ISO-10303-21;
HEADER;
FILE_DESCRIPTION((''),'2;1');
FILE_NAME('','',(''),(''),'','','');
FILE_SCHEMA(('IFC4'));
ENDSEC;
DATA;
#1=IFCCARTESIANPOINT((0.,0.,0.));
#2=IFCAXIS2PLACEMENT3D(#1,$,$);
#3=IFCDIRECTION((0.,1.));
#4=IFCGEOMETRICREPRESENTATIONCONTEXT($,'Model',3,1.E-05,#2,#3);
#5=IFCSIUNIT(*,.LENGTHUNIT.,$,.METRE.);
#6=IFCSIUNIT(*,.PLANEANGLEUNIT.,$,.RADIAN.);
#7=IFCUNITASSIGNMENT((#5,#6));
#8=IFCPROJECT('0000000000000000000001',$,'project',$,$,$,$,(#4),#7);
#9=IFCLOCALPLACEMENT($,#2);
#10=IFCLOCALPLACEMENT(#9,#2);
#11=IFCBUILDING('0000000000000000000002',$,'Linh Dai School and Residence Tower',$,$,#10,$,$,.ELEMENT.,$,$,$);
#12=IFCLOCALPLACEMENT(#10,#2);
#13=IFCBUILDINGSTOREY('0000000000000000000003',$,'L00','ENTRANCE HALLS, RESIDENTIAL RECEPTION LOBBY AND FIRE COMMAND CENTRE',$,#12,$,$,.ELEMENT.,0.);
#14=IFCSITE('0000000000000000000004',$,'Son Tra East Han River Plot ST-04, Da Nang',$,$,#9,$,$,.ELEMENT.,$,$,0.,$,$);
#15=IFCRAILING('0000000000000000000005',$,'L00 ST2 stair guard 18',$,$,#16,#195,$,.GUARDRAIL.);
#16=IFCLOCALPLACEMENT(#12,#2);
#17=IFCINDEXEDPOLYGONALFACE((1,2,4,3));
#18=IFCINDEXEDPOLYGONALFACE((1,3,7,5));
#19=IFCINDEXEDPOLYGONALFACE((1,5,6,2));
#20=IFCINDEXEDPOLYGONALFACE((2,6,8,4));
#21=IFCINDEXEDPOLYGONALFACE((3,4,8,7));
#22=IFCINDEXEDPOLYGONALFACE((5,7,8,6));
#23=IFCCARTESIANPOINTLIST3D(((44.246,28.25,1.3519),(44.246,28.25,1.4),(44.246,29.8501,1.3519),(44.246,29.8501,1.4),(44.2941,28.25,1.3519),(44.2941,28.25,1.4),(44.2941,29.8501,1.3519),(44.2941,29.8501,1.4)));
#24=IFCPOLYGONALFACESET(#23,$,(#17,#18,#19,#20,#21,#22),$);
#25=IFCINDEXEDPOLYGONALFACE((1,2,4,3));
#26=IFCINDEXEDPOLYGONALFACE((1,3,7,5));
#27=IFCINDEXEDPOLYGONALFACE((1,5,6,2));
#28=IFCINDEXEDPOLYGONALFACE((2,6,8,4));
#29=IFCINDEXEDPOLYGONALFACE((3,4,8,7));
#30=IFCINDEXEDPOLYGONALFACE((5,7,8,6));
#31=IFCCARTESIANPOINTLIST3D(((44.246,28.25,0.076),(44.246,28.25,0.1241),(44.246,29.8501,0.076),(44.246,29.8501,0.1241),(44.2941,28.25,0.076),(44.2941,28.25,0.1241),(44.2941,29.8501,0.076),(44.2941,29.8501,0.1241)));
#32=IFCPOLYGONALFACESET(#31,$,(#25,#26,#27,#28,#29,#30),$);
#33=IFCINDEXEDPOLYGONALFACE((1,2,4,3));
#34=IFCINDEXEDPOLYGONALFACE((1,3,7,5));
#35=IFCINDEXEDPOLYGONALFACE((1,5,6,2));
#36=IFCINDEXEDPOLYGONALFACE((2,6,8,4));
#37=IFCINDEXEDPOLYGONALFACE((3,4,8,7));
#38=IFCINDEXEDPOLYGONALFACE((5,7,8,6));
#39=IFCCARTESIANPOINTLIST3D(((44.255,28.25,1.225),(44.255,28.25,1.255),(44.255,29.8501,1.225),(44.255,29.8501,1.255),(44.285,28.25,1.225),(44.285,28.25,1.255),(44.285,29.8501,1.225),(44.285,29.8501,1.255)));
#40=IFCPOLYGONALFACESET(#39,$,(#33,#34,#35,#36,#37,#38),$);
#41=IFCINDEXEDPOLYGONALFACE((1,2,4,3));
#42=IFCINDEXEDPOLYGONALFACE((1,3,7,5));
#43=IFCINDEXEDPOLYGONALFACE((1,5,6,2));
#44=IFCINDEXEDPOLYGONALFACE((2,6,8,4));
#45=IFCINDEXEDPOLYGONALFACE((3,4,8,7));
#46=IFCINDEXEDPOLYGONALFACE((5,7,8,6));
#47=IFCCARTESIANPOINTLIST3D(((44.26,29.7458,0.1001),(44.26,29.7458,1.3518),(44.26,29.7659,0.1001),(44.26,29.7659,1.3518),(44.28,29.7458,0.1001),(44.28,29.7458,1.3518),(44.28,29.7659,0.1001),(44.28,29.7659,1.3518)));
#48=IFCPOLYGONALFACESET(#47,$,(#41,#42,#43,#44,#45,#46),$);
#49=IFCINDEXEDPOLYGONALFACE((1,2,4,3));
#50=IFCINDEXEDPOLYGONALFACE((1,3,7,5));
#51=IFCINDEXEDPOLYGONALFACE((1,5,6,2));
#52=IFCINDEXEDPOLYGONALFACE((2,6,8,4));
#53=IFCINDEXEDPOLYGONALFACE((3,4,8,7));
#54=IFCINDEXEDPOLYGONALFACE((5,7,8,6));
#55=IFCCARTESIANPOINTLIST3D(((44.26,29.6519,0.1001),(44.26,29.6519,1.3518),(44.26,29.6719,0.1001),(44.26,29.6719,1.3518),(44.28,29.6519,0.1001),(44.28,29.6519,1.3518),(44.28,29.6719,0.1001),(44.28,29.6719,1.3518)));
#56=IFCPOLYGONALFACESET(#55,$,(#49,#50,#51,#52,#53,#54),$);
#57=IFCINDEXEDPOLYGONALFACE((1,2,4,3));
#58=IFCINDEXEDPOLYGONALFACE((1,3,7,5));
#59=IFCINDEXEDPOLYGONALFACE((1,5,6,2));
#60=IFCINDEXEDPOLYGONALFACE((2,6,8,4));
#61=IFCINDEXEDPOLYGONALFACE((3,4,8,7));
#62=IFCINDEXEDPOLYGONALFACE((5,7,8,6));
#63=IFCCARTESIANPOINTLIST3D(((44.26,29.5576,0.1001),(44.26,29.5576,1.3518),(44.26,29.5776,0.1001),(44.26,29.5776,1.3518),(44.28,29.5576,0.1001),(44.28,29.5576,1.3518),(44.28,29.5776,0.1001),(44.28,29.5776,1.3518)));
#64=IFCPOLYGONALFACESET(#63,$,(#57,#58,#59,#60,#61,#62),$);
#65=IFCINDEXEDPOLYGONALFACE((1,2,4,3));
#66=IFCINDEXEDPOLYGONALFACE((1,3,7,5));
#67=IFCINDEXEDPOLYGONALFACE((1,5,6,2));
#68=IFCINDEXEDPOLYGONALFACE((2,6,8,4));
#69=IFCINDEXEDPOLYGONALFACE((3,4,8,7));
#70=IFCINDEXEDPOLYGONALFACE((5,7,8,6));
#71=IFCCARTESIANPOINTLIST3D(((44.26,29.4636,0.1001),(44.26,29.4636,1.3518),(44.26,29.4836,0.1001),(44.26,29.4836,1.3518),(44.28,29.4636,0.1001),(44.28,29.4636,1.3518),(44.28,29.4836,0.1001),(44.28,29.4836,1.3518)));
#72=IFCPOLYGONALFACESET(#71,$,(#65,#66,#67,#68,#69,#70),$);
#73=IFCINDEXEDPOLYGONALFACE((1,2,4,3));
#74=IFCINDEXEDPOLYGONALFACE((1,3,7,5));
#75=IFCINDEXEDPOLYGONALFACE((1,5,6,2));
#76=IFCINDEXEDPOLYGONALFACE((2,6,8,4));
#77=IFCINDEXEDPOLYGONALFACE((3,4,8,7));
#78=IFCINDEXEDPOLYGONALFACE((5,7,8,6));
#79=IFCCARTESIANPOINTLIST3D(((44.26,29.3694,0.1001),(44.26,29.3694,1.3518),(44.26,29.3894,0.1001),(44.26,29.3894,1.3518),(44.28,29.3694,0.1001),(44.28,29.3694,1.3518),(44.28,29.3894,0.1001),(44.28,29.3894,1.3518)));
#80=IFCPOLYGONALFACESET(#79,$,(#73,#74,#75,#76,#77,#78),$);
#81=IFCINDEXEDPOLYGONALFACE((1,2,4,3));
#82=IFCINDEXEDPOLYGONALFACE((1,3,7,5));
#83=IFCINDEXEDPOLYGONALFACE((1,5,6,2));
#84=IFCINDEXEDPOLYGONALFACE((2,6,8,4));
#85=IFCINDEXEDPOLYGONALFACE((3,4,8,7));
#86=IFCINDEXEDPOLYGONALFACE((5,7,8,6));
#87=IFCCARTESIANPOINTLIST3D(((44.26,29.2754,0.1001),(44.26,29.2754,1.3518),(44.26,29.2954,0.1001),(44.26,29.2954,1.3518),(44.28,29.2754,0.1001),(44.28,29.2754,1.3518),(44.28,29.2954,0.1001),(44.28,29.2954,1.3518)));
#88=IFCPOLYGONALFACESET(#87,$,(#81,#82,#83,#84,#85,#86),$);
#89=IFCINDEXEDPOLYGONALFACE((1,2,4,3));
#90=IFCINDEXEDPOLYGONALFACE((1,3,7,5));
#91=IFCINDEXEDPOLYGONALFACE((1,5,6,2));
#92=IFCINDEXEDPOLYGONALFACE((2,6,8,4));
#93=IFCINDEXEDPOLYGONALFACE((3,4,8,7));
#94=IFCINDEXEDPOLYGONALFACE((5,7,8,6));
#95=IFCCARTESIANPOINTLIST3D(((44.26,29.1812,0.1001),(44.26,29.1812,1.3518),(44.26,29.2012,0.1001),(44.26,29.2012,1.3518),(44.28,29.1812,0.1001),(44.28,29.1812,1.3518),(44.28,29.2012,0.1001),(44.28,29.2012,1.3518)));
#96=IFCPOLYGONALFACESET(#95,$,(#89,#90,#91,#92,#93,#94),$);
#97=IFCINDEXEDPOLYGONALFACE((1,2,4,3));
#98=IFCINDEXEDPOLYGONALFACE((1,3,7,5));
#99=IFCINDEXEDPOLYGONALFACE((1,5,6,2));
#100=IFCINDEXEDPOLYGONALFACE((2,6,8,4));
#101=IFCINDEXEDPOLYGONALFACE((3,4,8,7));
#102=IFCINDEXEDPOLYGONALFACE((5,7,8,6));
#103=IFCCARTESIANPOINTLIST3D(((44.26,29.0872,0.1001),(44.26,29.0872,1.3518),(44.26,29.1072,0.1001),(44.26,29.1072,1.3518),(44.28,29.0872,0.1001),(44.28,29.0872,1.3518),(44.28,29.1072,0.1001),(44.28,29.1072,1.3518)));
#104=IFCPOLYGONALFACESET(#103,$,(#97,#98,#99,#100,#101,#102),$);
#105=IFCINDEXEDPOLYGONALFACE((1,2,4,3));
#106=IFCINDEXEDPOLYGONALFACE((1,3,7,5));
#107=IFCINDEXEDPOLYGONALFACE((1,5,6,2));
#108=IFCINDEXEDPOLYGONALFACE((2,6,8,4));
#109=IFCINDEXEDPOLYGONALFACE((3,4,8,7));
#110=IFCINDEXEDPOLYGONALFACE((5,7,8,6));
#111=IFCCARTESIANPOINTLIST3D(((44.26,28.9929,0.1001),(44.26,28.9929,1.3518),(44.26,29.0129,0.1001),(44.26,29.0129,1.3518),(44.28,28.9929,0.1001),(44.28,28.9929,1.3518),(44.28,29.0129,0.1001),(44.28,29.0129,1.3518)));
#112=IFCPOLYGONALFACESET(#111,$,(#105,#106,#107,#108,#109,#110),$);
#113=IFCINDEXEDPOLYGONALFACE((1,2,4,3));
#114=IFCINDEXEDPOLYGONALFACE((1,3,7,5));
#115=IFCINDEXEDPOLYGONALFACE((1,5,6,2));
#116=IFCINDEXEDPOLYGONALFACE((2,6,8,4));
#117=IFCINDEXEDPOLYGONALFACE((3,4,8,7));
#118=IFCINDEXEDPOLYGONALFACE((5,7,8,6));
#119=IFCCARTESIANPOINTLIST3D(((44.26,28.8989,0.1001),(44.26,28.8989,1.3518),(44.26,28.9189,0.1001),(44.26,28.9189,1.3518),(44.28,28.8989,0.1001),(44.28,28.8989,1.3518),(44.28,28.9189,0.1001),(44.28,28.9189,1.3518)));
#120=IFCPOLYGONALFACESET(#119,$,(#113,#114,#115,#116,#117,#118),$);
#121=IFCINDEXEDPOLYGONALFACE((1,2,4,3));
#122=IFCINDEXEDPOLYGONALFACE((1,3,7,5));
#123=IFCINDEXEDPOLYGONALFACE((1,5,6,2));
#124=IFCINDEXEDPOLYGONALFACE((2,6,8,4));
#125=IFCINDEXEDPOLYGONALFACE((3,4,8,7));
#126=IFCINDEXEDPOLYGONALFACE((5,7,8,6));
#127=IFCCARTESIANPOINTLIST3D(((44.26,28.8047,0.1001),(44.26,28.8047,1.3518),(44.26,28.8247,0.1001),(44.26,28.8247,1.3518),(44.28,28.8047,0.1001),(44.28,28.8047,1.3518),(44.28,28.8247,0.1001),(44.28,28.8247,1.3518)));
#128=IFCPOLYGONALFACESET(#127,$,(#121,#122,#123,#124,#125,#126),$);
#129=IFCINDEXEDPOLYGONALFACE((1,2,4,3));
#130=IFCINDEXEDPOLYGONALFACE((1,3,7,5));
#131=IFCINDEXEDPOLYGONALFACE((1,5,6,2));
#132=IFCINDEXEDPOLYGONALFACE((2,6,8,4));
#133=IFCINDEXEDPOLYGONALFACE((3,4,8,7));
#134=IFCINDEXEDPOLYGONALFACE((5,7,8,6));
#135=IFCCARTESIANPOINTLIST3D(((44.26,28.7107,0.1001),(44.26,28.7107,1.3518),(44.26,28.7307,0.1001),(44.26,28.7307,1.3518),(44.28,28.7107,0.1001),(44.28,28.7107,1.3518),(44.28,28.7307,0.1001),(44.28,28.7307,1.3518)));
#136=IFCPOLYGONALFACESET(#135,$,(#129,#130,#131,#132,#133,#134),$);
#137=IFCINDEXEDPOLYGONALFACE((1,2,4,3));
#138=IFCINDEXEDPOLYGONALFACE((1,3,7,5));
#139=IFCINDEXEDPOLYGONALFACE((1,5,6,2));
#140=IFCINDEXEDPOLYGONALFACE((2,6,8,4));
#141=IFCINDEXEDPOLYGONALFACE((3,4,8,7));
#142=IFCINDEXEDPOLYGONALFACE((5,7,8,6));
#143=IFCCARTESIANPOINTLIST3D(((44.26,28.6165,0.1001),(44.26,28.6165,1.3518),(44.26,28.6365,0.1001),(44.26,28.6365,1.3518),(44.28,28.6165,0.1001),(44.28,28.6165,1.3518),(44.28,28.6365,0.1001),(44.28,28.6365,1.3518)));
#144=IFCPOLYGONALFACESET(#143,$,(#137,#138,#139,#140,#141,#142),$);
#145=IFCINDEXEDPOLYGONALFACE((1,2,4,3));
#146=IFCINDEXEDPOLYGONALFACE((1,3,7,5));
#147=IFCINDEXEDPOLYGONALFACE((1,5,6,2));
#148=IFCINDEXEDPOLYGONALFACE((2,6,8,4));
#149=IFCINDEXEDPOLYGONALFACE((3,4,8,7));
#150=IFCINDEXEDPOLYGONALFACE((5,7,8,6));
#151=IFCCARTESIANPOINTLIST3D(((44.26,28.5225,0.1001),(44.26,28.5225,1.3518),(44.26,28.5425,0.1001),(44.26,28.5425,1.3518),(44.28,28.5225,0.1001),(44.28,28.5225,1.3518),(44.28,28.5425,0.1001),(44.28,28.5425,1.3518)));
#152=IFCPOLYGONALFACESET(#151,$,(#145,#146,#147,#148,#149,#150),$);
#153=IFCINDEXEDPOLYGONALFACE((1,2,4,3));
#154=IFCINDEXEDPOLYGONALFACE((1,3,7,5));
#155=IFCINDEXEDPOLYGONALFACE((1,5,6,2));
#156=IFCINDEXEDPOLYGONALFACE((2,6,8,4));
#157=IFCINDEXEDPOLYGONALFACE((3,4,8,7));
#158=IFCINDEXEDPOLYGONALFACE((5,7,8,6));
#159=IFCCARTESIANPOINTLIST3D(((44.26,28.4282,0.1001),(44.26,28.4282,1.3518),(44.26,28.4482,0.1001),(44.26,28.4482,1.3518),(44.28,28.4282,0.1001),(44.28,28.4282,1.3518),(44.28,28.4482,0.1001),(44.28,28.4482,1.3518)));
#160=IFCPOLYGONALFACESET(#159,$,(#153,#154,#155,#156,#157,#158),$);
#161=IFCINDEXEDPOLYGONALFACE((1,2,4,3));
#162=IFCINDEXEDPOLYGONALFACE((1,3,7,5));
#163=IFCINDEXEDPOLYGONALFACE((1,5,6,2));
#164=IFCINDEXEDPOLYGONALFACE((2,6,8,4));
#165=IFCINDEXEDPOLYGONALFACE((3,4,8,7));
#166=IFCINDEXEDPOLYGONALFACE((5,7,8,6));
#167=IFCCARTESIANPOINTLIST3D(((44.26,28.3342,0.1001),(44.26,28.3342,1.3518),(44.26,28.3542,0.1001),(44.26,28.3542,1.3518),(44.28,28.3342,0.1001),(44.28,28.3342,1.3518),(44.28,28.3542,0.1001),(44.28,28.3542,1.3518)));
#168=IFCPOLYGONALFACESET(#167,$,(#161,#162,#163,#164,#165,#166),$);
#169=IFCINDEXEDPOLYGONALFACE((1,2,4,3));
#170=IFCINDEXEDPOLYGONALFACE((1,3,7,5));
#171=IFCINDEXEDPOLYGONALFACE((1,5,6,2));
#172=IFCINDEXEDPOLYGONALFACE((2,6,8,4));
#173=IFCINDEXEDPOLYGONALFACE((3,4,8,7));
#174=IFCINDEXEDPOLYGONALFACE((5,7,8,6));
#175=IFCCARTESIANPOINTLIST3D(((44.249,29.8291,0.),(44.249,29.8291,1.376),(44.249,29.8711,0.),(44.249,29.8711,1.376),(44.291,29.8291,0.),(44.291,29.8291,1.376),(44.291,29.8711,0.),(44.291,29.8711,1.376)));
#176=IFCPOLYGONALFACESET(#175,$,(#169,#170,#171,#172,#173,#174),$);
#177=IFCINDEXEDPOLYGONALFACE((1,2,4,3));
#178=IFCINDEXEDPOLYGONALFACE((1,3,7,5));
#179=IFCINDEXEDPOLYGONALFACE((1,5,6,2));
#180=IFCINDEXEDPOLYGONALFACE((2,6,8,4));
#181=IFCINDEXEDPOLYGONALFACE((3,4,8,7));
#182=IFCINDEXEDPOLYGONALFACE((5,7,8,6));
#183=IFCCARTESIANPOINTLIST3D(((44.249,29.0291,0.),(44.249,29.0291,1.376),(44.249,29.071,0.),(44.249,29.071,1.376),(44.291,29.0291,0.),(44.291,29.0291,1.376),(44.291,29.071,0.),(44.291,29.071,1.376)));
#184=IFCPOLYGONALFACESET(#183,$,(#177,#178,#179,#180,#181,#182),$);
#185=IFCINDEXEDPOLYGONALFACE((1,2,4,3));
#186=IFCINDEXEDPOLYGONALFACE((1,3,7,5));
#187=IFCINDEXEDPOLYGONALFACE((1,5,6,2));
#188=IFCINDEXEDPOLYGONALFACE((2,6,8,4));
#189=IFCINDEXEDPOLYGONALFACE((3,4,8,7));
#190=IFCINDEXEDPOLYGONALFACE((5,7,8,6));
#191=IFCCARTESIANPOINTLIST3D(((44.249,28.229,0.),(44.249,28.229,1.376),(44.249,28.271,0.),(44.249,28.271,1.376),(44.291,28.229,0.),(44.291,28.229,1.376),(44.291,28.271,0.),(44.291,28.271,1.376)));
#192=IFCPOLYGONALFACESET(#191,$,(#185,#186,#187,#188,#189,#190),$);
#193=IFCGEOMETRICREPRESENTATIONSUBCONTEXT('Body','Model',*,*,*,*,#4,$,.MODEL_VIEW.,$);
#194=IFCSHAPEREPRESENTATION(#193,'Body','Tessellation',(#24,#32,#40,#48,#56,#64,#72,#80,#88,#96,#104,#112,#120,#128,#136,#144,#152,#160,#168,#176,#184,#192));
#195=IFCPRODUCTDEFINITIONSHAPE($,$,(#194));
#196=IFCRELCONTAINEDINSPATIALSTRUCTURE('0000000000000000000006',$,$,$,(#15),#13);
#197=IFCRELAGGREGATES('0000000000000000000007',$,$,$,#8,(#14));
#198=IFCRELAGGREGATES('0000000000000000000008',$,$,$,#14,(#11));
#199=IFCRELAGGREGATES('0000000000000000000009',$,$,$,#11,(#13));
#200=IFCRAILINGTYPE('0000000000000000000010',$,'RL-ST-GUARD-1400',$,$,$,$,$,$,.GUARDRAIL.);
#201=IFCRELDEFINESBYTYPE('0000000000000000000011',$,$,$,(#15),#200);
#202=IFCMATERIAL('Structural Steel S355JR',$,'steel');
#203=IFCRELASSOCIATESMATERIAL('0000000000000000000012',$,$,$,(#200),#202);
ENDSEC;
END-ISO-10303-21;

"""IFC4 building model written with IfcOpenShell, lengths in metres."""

from ifc_helpers import new_model, si_unit, direction, frame, origin, origin_2d, place, context, subcontext, project, spatial, rectangle, extrude, source, transform, mapped, material, type_object, element, save


model = new_model("IFC4")

# Units and contexts
model_context = context("Model", 3, precision=1e-05, world=origin(), true_north=direction((0.0, 1.0)))
body_context = subcontext(model_context, "Body", "Model", "MODEL_VIEW")
ifc_project = project(units=[si_unit("LENGTHUNIT", "METRE"), si_unit("PLANEANGLEUNIT", "RADIAN")], contexts=[model_context])

# Site, building, storey
site_placement = place(None, origin())
site = spatial("IfcSite", under=ifc_project, at=site_placement, Name="Son Tra East Han River Plot ST-04, Da Nang", CompositionType="ELEMENT", RefElevation=0.0)
building_placement = place(site_placement, origin())
building = spatial("IfcBuilding", under=site, at=building_placement, Name="Linh Dai School and Residence Tower", CompositionType="ELEMENT")
storey_placement = place(building_placement, origin())
storey = spatial("IfcBuildingStorey", under=building, at=storey_placement, Name="L00", Description="ENTRANCE HALLS, RESIDENTIAL RECEPTION LOBBY AND FIRE COMMAND CENTRE", CompositionType="ELEMENT", Elevation=0.0)

# Shared definitions
ifc_material_1 = material(Name="Structural Steel S355JR", Category="steel")

# Railing
railing_type = type_object("IfcRailingType", Name="RL-ST-GUARD-1400", PredefinedType="GUARDRAIL", material=ifc_material_1)
shared_shape_1 = source(origin(), body_context, "Body", "SweptSolid", [
    extrude(rectangle(XDim=0.0481, YDim=0.0481, at=origin_2d()), frame((0.0, 0.0, 1.376), z_axis=(0.0, -1.0, 0.0), x_axis=(1.0, 0.0, 0.0)), (0.0, 0.0, 1.0), 1.6001),
    extrude(rectangle(XDim=0.0481, YDim=0.0481, at=origin_2d()), frame((0.0, 0.0, 0.1001), z_axis=(0.0, -1.0, 0.0), x_axis=(1.0, 0.0, 0.0)), (0.0, 0.0, 1.0), 1.6001),
    extrude(rectangle(XDim=0.03, YDim=0.03, at=origin_2d()), frame((0.0, 0.0, 1.24), z_axis=(0.0, -1.0, 0.0), x_axis=(1.0, 0.0, 0.0)), (0.0, 0.0, 1.0), 1.6001),
    extrude(rectangle(XDim=0.02, YDim=0.02, at=origin_2d()), frame((0.0, -0.0942, 0.1001)), (0.0, 0.0, 1.0), 1.2517),
    extrude(rectangle(XDim=0.02, YDim=0.02, at=origin_2d()), frame((0.0, -0.1882, 0.1001)), (0.0, 0.0, 1.0), 1.2517),
    extrude(rectangle(XDim=0.02, YDim=0.02, at=origin_2d()), frame((0.0, -0.2825, 0.1001)), (0.0, 0.0, 1.0), 1.2517),
    extrude(rectangle(XDim=0.02, YDim=0.02, at=origin_2d()), frame((0.0, -0.3765, 0.1001)), (0.0, 0.0, 1.0), 1.2517),
    extrude(rectangle(XDim=0.02, YDim=0.02, at=origin_2d()), frame((0.0, -0.4707, 0.1001)), (0.0, 0.0, 1.0), 1.2517),
    extrude(rectangle(XDim=0.02, YDim=0.02, at=origin_2d()), frame((0.0, -0.5647, 0.1001)), (0.0, 0.0, 1.0), 1.2517),
    extrude(rectangle(XDim=0.02, YDim=0.02, at=origin_2d()), frame((0.0, -0.6589, 0.1001)), (0.0, 0.0, 1.0), 1.2517),
    extrude(rectangle(XDim=0.02, YDim=0.02, at=origin_2d()), frame((0.0, -0.7529, 0.1001)), (0.0, 0.0, 1.0), 1.2517),
    extrude(rectangle(XDim=0.02, YDim=0.02, at=origin_2d()), frame((0.0, -0.8472, 0.1001)), (0.0, 0.0, 1.0), 1.2517),
    extrude(rectangle(XDim=0.02, YDim=0.02, at=origin_2d()), frame((0.0, -0.9412, 0.1001)), (0.0, 0.0, 1.0), 1.2517),
    extrude(rectangle(XDim=0.02, YDim=0.02, at=origin_2d()), frame((0.0, -1.0354, 0.1001)), (0.0, 0.0, 1.0), 1.2517),
    extrude(rectangle(XDim=0.02, YDim=0.02, at=origin_2d()), frame((0.0, -1.1294, 0.1001)), (0.0, 0.0, 1.0), 1.2517),
    extrude(rectangle(XDim=0.02, YDim=0.02, at=origin_2d()), frame((0.0, -1.2236, 0.1001)), (0.0, 0.0, 1.0), 1.2517),
    extrude(rectangle(XDim=0.02, YDim=0.02, at=origin_2d()), frame((0.0, -1.3176, 0.1001)), (0.0, 0.0, 1.0), 1.2517),
    extrude(rectangle(XDim=0.02, YDim=0.02, at=origin_2d()), frame((0.0, -1.4119, 0.1001)), (0.0, 0.0, 1.0), 1.2517),
    extrude(rectangle(XDim=0.02, YDim=0.02, at=origin_2d()), frame((0.0, -1.5059, 0.1001)), (0.0, 0.0, 1.0), 1.2517),
    extrude(rectangle(XDim=0.042, YDim=0.042, at=origin_2d()), origin(), (0.0, 0.0, 1.0), 1.376),
    extrude(rectangle(XDim=0.042, YDim=0.042, at=origin_2d()), frame((0.0, -0.8, 0.0)), (0.0, 0.0, 1.0), 1.376),
    extrude(rectangle(XDim=0.042, YDim=0.042, at=origin_2d()), frame((0.0, -1.6001, 0.0)), (0.0, 0.0, 1.0), 1.376),
])
for number, where, name in (
    (1, (44.27, 29.8501, 0.0), "L00 ST2 stair guard 18"),
):
    element("IfcRailing", number, at=place(storey_placement, frame(where)), inside=storey, type_object=railing_type, Name=name, PredefinedType="GUARDRAIL", context=body_context, shape_type="MappedRepresentation", body=[
        mapped(shared_shape_1, transform((0.0, 0.0, 0.0), x_axis=(1.0, 0.0, 0.0), y_axis=(0.0, 1.0, 0.0), z_axis=(0.0, 0.0, 1.0), scale=1.0)),
    ])

save(model, "model.ifc")
